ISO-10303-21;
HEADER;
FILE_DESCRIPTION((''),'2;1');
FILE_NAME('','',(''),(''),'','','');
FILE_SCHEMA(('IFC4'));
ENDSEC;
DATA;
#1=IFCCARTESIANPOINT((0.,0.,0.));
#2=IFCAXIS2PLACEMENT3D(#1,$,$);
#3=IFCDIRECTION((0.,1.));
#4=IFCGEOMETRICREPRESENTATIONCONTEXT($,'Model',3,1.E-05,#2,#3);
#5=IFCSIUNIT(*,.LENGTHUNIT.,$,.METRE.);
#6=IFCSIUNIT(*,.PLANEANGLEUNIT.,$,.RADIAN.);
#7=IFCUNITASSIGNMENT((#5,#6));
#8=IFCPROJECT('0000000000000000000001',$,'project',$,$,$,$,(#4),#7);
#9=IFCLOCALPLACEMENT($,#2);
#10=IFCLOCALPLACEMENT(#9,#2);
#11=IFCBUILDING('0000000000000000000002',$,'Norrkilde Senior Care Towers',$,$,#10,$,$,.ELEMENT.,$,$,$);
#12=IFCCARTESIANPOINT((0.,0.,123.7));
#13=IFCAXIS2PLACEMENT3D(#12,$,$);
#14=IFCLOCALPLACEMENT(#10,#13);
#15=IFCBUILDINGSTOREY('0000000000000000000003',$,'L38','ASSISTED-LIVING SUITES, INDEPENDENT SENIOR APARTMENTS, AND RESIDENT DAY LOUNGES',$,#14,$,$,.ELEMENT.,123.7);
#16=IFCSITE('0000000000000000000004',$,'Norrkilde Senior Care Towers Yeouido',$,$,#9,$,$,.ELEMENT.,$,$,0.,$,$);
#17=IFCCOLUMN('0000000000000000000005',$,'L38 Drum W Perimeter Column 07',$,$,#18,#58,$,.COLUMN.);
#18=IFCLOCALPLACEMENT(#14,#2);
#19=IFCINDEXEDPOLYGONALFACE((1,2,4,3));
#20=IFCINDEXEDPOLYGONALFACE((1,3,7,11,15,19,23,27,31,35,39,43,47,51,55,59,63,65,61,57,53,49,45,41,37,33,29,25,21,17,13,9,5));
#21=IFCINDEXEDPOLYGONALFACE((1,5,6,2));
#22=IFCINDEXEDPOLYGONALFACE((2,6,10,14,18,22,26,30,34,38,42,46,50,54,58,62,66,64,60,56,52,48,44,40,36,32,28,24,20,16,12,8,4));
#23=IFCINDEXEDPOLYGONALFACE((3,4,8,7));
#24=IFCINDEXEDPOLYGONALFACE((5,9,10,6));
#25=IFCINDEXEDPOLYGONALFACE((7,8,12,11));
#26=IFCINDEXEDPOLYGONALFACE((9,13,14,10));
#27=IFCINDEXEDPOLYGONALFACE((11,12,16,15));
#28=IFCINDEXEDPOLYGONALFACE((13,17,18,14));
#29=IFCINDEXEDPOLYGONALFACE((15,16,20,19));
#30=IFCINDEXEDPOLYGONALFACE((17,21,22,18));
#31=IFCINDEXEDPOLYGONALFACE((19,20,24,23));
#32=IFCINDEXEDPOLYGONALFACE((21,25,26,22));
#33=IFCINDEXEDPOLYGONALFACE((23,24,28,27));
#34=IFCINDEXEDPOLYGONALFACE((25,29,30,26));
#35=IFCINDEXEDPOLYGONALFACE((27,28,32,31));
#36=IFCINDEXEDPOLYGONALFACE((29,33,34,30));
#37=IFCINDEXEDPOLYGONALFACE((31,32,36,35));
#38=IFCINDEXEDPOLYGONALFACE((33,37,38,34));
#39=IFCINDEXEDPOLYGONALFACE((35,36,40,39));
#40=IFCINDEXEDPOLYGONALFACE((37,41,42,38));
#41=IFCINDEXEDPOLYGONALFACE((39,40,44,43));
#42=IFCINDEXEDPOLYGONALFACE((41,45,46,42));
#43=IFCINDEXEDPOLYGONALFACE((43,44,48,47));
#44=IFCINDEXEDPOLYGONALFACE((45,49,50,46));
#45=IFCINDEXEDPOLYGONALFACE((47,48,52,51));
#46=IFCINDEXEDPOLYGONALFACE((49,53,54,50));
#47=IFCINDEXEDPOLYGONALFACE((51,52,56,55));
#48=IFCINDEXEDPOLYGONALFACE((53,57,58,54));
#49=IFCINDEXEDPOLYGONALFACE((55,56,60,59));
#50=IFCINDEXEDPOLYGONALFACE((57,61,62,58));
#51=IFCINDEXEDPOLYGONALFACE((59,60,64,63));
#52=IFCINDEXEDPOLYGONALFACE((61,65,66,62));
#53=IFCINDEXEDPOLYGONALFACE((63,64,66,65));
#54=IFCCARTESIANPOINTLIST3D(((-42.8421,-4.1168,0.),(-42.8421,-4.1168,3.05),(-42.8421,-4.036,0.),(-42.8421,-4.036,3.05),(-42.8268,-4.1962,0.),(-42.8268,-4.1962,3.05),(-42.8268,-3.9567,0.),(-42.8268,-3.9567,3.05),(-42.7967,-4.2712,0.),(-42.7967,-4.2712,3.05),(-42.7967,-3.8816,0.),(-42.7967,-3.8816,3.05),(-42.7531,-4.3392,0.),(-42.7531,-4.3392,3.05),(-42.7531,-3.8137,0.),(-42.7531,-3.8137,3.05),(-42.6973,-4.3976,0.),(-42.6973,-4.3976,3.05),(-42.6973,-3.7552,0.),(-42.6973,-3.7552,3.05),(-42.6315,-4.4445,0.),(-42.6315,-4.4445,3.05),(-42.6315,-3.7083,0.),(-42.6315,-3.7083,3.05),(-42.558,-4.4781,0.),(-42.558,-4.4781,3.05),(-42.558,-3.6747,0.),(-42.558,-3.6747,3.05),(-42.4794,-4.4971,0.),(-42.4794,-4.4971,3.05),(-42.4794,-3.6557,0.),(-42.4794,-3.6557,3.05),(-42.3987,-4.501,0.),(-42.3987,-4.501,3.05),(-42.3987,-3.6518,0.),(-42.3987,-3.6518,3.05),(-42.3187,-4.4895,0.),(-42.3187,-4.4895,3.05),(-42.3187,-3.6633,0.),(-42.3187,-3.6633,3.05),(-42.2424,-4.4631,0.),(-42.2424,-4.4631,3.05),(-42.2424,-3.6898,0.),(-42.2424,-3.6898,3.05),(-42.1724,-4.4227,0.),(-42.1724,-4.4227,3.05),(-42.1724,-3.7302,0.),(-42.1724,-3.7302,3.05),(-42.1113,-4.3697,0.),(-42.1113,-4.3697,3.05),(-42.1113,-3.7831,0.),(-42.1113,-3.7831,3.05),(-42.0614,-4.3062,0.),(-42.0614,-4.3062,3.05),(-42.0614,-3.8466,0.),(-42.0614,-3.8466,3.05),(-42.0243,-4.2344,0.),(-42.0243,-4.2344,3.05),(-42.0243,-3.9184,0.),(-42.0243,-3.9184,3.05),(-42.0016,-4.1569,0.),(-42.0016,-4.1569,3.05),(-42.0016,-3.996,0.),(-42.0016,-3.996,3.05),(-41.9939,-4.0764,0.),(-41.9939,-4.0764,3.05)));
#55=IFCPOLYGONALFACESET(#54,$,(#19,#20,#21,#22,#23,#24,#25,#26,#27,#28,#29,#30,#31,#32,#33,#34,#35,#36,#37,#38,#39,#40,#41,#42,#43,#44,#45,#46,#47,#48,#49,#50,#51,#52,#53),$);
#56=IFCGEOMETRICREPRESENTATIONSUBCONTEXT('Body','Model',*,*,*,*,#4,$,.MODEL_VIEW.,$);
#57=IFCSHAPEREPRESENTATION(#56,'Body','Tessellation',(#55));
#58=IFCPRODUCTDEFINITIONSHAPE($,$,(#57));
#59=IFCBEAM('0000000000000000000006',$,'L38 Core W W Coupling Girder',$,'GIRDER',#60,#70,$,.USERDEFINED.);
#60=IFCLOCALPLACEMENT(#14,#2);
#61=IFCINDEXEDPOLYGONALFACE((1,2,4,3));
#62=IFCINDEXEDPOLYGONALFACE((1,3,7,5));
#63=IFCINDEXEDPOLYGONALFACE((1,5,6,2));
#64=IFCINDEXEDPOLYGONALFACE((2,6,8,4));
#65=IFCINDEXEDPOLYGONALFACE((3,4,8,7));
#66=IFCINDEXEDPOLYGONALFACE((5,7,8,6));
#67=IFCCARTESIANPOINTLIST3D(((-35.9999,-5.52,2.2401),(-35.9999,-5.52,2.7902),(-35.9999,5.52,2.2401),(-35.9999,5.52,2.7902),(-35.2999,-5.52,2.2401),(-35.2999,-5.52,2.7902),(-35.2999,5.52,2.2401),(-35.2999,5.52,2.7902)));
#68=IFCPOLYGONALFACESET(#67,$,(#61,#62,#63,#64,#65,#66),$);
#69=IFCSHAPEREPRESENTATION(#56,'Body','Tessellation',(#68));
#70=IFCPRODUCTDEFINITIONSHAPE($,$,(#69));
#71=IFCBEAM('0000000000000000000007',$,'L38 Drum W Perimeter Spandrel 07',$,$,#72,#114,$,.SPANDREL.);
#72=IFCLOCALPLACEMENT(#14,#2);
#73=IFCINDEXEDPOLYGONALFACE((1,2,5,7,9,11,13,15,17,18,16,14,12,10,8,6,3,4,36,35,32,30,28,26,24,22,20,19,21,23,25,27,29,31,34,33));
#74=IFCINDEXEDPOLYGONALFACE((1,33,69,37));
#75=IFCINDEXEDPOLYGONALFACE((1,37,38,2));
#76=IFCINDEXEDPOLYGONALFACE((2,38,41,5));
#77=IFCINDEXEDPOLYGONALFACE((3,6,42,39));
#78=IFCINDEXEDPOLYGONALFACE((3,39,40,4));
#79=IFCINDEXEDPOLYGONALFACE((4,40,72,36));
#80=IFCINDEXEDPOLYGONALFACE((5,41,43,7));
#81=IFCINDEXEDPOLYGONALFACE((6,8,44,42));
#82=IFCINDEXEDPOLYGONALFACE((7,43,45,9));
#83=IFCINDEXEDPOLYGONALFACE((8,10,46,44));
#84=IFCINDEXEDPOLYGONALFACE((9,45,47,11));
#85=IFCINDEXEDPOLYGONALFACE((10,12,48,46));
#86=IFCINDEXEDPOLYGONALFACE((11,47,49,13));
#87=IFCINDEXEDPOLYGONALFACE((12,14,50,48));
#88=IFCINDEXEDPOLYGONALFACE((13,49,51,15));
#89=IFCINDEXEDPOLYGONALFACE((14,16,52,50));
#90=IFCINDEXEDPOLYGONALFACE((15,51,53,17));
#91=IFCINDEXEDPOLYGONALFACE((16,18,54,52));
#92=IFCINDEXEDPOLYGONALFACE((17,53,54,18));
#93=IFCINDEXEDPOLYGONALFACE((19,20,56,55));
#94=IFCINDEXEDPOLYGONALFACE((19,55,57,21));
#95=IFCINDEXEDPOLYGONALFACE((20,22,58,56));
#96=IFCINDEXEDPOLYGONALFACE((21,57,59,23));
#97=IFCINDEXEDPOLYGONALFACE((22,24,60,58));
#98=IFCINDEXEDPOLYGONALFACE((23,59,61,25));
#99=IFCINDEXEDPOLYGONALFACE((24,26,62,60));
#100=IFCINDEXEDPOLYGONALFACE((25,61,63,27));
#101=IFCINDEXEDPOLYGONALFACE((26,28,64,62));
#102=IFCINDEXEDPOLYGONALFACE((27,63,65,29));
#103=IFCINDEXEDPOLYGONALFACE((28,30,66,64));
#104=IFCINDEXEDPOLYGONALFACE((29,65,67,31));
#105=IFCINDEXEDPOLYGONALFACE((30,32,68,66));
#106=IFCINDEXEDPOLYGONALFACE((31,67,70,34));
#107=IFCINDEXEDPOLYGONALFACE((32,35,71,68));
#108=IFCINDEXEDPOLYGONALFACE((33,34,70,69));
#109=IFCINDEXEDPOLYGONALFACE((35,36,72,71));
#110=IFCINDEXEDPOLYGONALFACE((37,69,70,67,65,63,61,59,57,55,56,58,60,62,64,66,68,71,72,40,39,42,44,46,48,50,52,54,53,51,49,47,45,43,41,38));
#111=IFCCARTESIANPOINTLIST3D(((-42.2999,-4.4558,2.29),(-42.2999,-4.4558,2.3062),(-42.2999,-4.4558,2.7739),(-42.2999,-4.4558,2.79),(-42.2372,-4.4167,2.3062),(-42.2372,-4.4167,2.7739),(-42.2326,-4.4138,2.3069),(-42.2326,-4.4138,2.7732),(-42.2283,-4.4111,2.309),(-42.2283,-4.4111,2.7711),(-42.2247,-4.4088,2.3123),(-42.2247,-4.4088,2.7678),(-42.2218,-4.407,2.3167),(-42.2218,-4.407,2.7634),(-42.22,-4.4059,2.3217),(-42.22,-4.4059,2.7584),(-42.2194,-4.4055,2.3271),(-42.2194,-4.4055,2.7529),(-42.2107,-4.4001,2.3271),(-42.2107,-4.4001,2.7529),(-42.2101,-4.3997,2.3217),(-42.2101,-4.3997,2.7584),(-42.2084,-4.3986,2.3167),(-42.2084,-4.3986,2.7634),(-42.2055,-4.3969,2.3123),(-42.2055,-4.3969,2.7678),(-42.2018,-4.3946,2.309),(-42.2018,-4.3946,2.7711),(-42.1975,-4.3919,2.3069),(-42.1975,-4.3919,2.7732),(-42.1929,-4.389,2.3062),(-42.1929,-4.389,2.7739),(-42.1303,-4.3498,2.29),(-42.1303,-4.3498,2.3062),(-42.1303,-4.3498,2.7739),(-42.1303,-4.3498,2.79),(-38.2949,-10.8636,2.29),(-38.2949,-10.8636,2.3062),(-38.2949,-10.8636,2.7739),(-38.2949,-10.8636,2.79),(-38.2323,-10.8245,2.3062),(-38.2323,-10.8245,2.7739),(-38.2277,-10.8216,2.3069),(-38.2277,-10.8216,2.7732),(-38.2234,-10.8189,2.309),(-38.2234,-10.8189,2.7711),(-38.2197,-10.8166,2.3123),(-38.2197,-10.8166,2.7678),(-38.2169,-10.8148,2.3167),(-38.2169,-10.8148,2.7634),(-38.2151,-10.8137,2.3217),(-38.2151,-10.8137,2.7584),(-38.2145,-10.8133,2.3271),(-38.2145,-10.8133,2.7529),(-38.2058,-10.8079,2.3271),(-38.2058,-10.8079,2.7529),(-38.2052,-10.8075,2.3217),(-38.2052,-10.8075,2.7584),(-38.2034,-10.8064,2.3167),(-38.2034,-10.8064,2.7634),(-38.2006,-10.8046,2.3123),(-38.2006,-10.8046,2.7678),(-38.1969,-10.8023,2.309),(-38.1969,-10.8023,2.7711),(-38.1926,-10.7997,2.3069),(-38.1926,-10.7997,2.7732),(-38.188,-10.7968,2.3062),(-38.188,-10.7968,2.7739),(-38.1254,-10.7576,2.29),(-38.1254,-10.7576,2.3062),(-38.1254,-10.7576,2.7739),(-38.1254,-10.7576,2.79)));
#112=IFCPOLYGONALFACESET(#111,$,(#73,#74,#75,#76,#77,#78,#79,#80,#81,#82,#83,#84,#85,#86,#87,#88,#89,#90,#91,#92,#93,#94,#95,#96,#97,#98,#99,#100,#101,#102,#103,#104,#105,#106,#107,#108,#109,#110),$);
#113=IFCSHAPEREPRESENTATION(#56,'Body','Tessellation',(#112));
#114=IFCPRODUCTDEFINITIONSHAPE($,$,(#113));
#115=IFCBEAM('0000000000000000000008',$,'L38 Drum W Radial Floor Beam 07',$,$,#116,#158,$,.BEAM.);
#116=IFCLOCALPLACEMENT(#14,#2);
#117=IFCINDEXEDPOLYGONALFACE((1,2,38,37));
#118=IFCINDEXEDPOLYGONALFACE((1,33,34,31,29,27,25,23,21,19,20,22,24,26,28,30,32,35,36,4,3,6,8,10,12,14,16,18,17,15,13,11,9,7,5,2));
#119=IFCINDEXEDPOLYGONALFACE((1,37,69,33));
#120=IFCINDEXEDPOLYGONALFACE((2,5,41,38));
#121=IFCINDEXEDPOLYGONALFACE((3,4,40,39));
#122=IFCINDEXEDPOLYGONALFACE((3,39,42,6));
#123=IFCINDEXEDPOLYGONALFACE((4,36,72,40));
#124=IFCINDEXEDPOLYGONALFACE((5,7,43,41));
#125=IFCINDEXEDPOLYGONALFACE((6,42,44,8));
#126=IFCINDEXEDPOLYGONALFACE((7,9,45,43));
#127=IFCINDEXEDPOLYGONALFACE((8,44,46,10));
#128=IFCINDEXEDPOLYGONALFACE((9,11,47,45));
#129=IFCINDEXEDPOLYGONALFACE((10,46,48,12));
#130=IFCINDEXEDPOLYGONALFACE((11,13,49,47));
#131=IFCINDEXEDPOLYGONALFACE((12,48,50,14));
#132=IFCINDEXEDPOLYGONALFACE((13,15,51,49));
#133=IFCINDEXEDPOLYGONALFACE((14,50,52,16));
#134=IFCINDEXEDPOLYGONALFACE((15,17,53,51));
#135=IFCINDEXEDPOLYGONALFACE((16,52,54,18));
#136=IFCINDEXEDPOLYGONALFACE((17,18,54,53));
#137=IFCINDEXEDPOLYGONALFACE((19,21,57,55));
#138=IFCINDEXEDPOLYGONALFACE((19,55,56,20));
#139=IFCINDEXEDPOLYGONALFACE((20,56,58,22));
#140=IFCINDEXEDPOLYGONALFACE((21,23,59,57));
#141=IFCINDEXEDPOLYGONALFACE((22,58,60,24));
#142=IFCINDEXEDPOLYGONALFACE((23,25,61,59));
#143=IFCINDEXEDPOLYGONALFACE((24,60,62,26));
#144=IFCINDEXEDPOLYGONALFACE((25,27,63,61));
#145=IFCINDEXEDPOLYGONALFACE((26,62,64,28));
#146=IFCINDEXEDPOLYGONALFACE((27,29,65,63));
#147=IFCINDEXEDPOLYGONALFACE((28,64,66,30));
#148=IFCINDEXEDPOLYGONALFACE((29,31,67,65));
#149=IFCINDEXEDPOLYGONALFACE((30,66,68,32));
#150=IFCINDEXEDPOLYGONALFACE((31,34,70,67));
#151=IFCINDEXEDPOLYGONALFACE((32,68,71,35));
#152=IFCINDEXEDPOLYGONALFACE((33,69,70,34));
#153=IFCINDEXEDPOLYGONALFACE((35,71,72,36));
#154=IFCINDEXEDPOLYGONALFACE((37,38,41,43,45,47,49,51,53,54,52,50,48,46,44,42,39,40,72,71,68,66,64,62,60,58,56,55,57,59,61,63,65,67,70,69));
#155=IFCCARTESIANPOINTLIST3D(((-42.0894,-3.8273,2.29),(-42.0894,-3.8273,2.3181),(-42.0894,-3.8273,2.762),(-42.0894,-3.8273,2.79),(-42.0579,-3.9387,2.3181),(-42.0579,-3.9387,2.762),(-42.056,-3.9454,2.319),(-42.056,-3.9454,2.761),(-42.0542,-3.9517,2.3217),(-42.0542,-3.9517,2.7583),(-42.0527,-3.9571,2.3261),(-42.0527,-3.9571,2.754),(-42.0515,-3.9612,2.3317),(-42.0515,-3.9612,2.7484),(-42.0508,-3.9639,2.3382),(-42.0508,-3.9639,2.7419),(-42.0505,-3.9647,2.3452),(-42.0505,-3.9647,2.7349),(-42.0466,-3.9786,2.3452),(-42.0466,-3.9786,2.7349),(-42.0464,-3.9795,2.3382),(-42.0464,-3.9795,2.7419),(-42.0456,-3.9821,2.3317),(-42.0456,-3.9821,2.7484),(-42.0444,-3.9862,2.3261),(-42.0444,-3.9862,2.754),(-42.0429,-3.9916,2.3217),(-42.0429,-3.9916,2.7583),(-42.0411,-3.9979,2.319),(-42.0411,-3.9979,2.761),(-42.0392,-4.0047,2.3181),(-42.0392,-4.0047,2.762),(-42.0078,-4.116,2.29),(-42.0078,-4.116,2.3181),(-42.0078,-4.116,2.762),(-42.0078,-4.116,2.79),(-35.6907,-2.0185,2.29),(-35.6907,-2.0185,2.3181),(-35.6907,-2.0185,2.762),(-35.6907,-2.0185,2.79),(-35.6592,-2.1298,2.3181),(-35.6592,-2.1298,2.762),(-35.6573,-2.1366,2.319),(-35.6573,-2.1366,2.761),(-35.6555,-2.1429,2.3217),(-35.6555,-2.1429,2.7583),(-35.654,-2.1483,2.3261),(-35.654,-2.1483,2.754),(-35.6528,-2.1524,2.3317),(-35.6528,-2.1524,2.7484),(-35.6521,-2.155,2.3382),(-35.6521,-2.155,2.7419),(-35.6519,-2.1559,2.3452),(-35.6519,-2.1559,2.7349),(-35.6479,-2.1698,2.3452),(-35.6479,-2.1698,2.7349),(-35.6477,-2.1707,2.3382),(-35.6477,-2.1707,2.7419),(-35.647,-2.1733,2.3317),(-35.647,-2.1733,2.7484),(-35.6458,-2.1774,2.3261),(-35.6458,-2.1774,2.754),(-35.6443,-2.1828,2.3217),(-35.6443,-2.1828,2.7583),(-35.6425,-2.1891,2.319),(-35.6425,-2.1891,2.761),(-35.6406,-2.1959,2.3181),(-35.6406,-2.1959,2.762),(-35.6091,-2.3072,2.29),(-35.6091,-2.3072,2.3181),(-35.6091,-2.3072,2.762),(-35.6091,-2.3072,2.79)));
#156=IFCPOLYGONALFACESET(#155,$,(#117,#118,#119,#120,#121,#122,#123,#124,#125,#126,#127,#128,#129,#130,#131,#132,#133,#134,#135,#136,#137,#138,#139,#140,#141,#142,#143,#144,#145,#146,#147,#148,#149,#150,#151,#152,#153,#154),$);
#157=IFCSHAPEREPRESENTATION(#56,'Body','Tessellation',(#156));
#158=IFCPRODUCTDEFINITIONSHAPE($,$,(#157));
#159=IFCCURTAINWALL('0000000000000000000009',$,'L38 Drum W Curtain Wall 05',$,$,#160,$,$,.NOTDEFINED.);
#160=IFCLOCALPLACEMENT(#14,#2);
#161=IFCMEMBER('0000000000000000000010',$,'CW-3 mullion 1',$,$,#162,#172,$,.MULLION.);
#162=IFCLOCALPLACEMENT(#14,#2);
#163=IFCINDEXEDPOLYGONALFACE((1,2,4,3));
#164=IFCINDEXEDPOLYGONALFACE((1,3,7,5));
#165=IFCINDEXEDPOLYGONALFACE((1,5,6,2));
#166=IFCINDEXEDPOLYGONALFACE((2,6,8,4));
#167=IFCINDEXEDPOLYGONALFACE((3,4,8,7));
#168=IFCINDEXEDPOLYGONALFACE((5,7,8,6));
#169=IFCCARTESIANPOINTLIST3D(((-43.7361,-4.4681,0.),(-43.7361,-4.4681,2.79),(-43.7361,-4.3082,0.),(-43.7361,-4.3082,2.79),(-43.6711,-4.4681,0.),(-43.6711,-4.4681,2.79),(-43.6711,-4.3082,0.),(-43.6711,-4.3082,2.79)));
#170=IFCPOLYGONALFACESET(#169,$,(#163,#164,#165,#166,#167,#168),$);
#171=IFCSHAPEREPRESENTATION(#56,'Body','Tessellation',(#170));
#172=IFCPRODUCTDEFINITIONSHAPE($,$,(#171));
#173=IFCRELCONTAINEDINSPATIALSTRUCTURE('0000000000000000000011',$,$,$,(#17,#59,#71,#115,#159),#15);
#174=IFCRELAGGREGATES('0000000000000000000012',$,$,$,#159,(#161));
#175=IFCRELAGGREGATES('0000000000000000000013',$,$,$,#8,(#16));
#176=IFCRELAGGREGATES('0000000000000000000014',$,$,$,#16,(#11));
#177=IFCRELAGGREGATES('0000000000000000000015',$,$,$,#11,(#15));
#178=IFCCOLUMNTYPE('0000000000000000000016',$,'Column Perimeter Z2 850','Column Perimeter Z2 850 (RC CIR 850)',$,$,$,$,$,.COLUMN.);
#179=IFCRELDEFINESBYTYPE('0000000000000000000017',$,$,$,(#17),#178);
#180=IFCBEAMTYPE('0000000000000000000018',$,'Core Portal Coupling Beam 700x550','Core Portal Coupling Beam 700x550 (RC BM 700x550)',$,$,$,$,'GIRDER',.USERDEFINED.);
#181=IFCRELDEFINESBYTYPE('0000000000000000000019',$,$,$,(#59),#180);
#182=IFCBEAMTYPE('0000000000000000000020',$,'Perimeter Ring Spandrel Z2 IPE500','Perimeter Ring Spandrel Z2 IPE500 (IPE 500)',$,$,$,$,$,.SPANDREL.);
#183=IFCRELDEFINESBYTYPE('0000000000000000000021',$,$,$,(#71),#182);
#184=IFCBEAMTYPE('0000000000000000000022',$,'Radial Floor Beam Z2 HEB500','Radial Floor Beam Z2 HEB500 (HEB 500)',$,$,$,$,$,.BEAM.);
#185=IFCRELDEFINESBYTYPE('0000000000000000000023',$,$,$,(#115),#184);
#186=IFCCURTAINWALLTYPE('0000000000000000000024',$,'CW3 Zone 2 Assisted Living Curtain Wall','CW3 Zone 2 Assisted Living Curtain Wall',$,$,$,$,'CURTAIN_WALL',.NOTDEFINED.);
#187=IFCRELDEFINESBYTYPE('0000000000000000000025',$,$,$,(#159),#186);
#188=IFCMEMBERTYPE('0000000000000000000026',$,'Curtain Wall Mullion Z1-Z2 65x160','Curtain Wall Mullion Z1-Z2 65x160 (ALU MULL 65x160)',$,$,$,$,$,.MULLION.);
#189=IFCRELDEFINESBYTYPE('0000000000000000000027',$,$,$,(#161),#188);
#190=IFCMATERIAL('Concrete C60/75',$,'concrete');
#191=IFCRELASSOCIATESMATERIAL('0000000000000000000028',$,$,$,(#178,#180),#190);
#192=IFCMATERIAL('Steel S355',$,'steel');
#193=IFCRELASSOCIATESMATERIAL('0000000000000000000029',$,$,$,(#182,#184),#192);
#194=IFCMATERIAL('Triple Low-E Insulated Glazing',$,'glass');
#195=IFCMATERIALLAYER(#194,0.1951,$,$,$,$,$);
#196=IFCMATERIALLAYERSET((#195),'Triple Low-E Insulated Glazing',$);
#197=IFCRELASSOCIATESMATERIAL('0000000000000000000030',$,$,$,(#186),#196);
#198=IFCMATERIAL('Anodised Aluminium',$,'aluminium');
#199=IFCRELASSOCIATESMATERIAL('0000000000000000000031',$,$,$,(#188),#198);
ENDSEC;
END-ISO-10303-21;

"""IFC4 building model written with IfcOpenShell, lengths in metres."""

from ifc_helpers import new_model, si_unit, direction, frame, origin, origin_2d, place, context, subcontext, project, spatial, rectangle, circle, i_section, extrude, source, transform, mapped, material, layer, layer_set, material_profile, profile_set, type_object, type_shapes, element, aggregate, save


model = new_model("IFC4")

# Units and contexts
model_context = context("Model", 3, precision=1e-05, world=origin(), true_north=direction((0.0, 1.0)))
body_context = subcontext(model_context, "Body", "Model", "MODEL_VIEW")
ifc_project = project(units=[si_unit("LENGTHUNIT", "METRE"), si_unit("PLANEANGLEUNIT", "RADIAN")], contexts=[model_context])

# Site, building, storey
site_placement = place(None, origin())
site = spatial("IfcSite", under=ifc_project, at=site_placement, Name="Norrkilde Senior Care Towers Yeouido", CompositionType="ELEMENT", RefElevation=0.0)
building_placement = place(site_placement, origin())
building = spatial("IfcBuilding", under=site, at=building_placement, Name="Norrkilde Senior Care Towers", CompositionType="ELEMENT")
storey_placement = place(building_placement, frame((0.0, 0.0, 123.7)))
storey = spatial("IfcBuildingStorey", under=building, at=storey_placement, Name="L38", Description="ASSISTED-LIVING SUITES, INDEPENDENT SENIOR APARTMENTS, AND RESIDENT DAY LOUNGES", CompositionType="ELEMENT", Elevation=123.7)

# Column
ifc_material_1 = material(Name="Concrete C60/75", Category="concrete")
ifc_material_profile_1 = material_profile(ifc_material_1, circle(Radius=0.425, at=origin_2d()), Name="RC CIR 850")
ifc_profile_set_1 = profile_set([ifc_material_profile_1], Name="Concrete C60/75")
column_type = type_object("IfcColumnType", Name="Column Perimeter Z2 850", Description="Column Perimeter Z2 850 (RC CIR 850)", PredefinedType="COLUMN", material=ifc_profile_set_1)
shared_shape_1 = source(origin(), body_context, "Body", "SweptSolid", [
    extrude(circle(Radius=0.425, at=origin_2d()), origin(), (0.0, 0.0, 1.0), 3.05),
])
type_shapes(column_type, [shared_shape_1])
column_placement = place(storey_placement, frame((-42.4189, -4.0764, 0.0), z_axis=(0.0, 0.0, 1.0), x_axis=(1.0, 0.0, 0.0)))
element("IfcColumn", 1, at=column_placement, inside=storey, type_object=column_type, Name="L38 Drum W Perimeter Column 07", PredefinedType="COLUMN", context=body_context, shape_type="MappedRepresentation", body=[
    mapped(shared_shape_1, transform((0.0, 0.0, 0.0), x_axis=(1.0, 0.0, 0.0), y_axis=(0.0, 1.0, 0.0), z_axis=(0.0, 0.0, 1.0), scale=1.0)),
])

# Beams
ifc_material_profile_2 = material_profile(ifc_material_1, rectangle(XDim=0.7, YDim=0.55, at=origin_2d()), Name="RC BM 700x550")
ifc_profile_set_2 = profile_set([ifc_material_profile_2], Name="Concrete C60/75")
beam_type_1 = type_object("IfcBeamType", Name="Core Portal Coupling Beam 700x550", Description="Core Portal Coupling Beam 700x550 (RC BM 700x550)", ElementType="GIRDER", PredefinedType="USERDEFINED", material=ifc_profile_set_2)
shared_shape_2 = source(origin(), body_context, "Body", "SweptSolid", [
    extrude(rectangle(XDim=0.7, YDim=0.55, at=origin_2d()), origin(), (0.0, 0.0, 1.0), 11.04),
])
type_shapes(beam_type_1, [shared_shape_2])
beam_1_placement = place(storey_placement, frame((-35.6499, -5.52, 2.5151), z_axis=(0.0, 1.0, 0.0), x_axis=(-1.0, 0.0, 0.0)))
element("IfcBeam", 2, at=beam_1_placement, inside=storey, type_object=beam_type_1, Name="L38 Core W W Coupling Girder", ObjectType="GIRDER", PredefinedType="USERDEFINED", context=body_context, shape_type="MappedRepresentation", body=[
    mapped(shared_shape_2, transform((0.0, 0.0, 0.0), x_axis=(1.0, 0.0, 0.0), y_axis=(0.0, 1.0, 0.0), z_axis=(0.0, 0.0, 1.0), scale=1.0)),
])
ifc_material_2 = material(Name="Steel S355", Category="steel")
ifc_material_profile_3 = material_profile(ifc_material_2, i_section(OverallWidth=0.2, OverallDepth=0.5, WebThickness=0.0103, FlangeThickness=0.0161, FilletRadius=0.021, at=origin_2d()), Name="IPE 500")
ifc_profile_set_3 = profile_set([ifc_material_profile_3], Name="Steel S355")
beam_type_2 = type_object("IfcBeamType", Name="Perimeter Ring Spandrel Z2 IPE500", Description="Perimeter Ring Spandrel Z2 IPE500 (IPE 500)", PredefinedType="SPANDREL", material=ifc_profile_set_3)
shared_shape_3 = source(origin(), body_context, "Body", "SweptSolid", [
    extrude(i_section(OverallWidth=0.2, OverallDepth=0.5, WebThickness=0.0103, FlangeThickness=0.0161, FilletRadius=0.021, at=origin_2d()), origin(), (0.0, 0.0, 1.0), 7.5564),
])
type_shapes(beam_type_2, [shared_shape_3])
beam_2_placement = place(storey_placement, frame((-42.2151, -4.4028, 2.54), z_axis=(0.530005, -0.847995, 0.0), x_axis=(0.847995, 0.530005, 0.0)))
element("IfcBeam", 3, at=beam_2_placement, inside=storey, type_object=beam_type_2, Name="L38 Drum W Perimeter Spandrel 07", PredefinedType="SPANDREL", context=body_context, shape_type="MappedRepresentation", body=[
    mapped(shared_shape_3, transform((0.0, 0.0, 0.0), x_axis=(1.0, 0.0, 0.0), y_axis=(0.0, 1.0, 0.0), z_axis=(0.0, 0.0, 1.0), scale=1.0)),
])
ifc_material_profile_4 = material_profile(ifc_material_2, i_section(OverallWidth=0.3, OverallDepth=0.5, WebThickness=0.0144, FlangeThickness=0.0281, FilletRadius=0.0271, at=origin_2d()), Name="HEB 500")
ifc_profile_set_4 = profile_set([ifc_material_profile_4], Name="Steel S355")
beam_type_3 = type_object("IfcBeamType", Name="Radial Floor Beam Z2 HEB500", Description="Radial Floor Beam Z2 HEB500 (HEB 500)", PredefinedType="BEAM", material=ifc_profile_set_4)
shared_shape_4 = source(origin(), body_context, "Body", "SweptSolid", [
    extrude(i_section(OverallWidth=0.3, OverallDepth=0.5, WebThickness=0.0144, FlangeThickness=0.0281, FilletRadius=0.0271, at=origin_2d()), origin(), (0.0, 0.0, 1.0), 6.6494),
])
type_shapes(beam_type_3, [shared_shape_4])
beam_3_placement = place(storey_placement, frame((-35.6499, -2.1628, 2.54), z_axis=(-0.962289, -0.272029, 0.0), x_axis=(0.272029, -0.962289, 0.0)))
element("IfcBeam", 4, at=beam_3_placement, inside=storey, type_object=beam_type_3, Name="L38 Drum W Radial Floor Beam 07", PredefinedType="BEAM", context=body_context, shape_type="MappedRepresentation", body=[
    mapped(shared_shape_4, transform((0.0, 0.0, 0.0), x_axis=(1.0, 0.0, 0.0), y_axis=(0.0, 1.0, 0.0), z_axis=(0.0, 0.0, 1.0), scale=1.0)),
])

# Curtain wall, member
ifc_material_3 = material(Name="Triple Low-E Insulated Glazing", Category="glass")
ifc_layer_1 = layer(ifc_material_3, 0.1951)
ifc_layer_set_1 = layer_set([ifc_layer_1], Name="Triple Low-E Insulated Glazing")
curtain_wall_type = type_object("IfcCurtainWallType", Name="CW3 Zone 2 Assisted Living Curtain Wall", Description="CW3 Zone 2 Assisted Living Curtain Wall", ElementType="CURTAIN_WALL", PredefinedType="NOTDEFINED", material=ifc_layer_set_1)
curtain_wall_1_placement = place(storey_placement, origin())
curtain_wall_1 = element("IfcCurtainWall", 5, at=curtain_wall_1_placement, inside=storey, type_object=curtain_wall_type, Name="L38 Drum W Curtain Wall 05", PredefinedType="NOTDEFINED")
ifc_material_4 = material(Name="Anodised Aluminium", Category="aluminium")
ifc_material_profile_5 = material_profile(ifc_material_4, rectangle(XDim=0.0649, YDim=0.1599, at=origin_2d()), Name="ALU MULL 65x160")
ifc_profile_set_5 = profile_set([ifc_material_profile_5], Name="Anodised Aluminium")
member_type_1 = type_object("IfcMemberType", Name="Curtain Wall Mullion Z1-Z2 65x160", Description="Curtain Wall Mullion Z1-Z2 65x160 (ALU MULL 65x160)", PredefinedType="MULLION", material=ifc_profile_set_5)
shared_shape_5 = source(origin(), body_context, "Body", "SweptSolid", [
    extrude(rectangle(XDim=0.0649, YDim=0.1599, at=origin_2d()), origin(), (0.0, 0.0, 1.0), 2.79),
])
type_shapes(member_type_1, [shared_shape_5])
member_1_placement = place(storey_placement, frame((-43.7036, -4.3882, 0.0), z_axis=(0.0, 0.0, 1.0), x_axis=(-1.0, 0.0, 0.0)))
member_1 = element("IfcMember", 6, at=member_1_placement, type_object=member_type_1, Name="CW-3 mullion 1", PredefinedType="MULLION", context=body_context, shape_type="MappedRepresentation", body=[
    mapped(shared_shape_5, transform((0.0, 0.0, 0.0), x_axis=(1.0, 0.0, 0.0), y_axis=(0.0, 1.0, 0.0), z_axis=(0.0, 0.0, 1.0), scale=1.0)),
])

aggregate(curtain_wall_1, [member_1])

save(model, "model.ifc")
